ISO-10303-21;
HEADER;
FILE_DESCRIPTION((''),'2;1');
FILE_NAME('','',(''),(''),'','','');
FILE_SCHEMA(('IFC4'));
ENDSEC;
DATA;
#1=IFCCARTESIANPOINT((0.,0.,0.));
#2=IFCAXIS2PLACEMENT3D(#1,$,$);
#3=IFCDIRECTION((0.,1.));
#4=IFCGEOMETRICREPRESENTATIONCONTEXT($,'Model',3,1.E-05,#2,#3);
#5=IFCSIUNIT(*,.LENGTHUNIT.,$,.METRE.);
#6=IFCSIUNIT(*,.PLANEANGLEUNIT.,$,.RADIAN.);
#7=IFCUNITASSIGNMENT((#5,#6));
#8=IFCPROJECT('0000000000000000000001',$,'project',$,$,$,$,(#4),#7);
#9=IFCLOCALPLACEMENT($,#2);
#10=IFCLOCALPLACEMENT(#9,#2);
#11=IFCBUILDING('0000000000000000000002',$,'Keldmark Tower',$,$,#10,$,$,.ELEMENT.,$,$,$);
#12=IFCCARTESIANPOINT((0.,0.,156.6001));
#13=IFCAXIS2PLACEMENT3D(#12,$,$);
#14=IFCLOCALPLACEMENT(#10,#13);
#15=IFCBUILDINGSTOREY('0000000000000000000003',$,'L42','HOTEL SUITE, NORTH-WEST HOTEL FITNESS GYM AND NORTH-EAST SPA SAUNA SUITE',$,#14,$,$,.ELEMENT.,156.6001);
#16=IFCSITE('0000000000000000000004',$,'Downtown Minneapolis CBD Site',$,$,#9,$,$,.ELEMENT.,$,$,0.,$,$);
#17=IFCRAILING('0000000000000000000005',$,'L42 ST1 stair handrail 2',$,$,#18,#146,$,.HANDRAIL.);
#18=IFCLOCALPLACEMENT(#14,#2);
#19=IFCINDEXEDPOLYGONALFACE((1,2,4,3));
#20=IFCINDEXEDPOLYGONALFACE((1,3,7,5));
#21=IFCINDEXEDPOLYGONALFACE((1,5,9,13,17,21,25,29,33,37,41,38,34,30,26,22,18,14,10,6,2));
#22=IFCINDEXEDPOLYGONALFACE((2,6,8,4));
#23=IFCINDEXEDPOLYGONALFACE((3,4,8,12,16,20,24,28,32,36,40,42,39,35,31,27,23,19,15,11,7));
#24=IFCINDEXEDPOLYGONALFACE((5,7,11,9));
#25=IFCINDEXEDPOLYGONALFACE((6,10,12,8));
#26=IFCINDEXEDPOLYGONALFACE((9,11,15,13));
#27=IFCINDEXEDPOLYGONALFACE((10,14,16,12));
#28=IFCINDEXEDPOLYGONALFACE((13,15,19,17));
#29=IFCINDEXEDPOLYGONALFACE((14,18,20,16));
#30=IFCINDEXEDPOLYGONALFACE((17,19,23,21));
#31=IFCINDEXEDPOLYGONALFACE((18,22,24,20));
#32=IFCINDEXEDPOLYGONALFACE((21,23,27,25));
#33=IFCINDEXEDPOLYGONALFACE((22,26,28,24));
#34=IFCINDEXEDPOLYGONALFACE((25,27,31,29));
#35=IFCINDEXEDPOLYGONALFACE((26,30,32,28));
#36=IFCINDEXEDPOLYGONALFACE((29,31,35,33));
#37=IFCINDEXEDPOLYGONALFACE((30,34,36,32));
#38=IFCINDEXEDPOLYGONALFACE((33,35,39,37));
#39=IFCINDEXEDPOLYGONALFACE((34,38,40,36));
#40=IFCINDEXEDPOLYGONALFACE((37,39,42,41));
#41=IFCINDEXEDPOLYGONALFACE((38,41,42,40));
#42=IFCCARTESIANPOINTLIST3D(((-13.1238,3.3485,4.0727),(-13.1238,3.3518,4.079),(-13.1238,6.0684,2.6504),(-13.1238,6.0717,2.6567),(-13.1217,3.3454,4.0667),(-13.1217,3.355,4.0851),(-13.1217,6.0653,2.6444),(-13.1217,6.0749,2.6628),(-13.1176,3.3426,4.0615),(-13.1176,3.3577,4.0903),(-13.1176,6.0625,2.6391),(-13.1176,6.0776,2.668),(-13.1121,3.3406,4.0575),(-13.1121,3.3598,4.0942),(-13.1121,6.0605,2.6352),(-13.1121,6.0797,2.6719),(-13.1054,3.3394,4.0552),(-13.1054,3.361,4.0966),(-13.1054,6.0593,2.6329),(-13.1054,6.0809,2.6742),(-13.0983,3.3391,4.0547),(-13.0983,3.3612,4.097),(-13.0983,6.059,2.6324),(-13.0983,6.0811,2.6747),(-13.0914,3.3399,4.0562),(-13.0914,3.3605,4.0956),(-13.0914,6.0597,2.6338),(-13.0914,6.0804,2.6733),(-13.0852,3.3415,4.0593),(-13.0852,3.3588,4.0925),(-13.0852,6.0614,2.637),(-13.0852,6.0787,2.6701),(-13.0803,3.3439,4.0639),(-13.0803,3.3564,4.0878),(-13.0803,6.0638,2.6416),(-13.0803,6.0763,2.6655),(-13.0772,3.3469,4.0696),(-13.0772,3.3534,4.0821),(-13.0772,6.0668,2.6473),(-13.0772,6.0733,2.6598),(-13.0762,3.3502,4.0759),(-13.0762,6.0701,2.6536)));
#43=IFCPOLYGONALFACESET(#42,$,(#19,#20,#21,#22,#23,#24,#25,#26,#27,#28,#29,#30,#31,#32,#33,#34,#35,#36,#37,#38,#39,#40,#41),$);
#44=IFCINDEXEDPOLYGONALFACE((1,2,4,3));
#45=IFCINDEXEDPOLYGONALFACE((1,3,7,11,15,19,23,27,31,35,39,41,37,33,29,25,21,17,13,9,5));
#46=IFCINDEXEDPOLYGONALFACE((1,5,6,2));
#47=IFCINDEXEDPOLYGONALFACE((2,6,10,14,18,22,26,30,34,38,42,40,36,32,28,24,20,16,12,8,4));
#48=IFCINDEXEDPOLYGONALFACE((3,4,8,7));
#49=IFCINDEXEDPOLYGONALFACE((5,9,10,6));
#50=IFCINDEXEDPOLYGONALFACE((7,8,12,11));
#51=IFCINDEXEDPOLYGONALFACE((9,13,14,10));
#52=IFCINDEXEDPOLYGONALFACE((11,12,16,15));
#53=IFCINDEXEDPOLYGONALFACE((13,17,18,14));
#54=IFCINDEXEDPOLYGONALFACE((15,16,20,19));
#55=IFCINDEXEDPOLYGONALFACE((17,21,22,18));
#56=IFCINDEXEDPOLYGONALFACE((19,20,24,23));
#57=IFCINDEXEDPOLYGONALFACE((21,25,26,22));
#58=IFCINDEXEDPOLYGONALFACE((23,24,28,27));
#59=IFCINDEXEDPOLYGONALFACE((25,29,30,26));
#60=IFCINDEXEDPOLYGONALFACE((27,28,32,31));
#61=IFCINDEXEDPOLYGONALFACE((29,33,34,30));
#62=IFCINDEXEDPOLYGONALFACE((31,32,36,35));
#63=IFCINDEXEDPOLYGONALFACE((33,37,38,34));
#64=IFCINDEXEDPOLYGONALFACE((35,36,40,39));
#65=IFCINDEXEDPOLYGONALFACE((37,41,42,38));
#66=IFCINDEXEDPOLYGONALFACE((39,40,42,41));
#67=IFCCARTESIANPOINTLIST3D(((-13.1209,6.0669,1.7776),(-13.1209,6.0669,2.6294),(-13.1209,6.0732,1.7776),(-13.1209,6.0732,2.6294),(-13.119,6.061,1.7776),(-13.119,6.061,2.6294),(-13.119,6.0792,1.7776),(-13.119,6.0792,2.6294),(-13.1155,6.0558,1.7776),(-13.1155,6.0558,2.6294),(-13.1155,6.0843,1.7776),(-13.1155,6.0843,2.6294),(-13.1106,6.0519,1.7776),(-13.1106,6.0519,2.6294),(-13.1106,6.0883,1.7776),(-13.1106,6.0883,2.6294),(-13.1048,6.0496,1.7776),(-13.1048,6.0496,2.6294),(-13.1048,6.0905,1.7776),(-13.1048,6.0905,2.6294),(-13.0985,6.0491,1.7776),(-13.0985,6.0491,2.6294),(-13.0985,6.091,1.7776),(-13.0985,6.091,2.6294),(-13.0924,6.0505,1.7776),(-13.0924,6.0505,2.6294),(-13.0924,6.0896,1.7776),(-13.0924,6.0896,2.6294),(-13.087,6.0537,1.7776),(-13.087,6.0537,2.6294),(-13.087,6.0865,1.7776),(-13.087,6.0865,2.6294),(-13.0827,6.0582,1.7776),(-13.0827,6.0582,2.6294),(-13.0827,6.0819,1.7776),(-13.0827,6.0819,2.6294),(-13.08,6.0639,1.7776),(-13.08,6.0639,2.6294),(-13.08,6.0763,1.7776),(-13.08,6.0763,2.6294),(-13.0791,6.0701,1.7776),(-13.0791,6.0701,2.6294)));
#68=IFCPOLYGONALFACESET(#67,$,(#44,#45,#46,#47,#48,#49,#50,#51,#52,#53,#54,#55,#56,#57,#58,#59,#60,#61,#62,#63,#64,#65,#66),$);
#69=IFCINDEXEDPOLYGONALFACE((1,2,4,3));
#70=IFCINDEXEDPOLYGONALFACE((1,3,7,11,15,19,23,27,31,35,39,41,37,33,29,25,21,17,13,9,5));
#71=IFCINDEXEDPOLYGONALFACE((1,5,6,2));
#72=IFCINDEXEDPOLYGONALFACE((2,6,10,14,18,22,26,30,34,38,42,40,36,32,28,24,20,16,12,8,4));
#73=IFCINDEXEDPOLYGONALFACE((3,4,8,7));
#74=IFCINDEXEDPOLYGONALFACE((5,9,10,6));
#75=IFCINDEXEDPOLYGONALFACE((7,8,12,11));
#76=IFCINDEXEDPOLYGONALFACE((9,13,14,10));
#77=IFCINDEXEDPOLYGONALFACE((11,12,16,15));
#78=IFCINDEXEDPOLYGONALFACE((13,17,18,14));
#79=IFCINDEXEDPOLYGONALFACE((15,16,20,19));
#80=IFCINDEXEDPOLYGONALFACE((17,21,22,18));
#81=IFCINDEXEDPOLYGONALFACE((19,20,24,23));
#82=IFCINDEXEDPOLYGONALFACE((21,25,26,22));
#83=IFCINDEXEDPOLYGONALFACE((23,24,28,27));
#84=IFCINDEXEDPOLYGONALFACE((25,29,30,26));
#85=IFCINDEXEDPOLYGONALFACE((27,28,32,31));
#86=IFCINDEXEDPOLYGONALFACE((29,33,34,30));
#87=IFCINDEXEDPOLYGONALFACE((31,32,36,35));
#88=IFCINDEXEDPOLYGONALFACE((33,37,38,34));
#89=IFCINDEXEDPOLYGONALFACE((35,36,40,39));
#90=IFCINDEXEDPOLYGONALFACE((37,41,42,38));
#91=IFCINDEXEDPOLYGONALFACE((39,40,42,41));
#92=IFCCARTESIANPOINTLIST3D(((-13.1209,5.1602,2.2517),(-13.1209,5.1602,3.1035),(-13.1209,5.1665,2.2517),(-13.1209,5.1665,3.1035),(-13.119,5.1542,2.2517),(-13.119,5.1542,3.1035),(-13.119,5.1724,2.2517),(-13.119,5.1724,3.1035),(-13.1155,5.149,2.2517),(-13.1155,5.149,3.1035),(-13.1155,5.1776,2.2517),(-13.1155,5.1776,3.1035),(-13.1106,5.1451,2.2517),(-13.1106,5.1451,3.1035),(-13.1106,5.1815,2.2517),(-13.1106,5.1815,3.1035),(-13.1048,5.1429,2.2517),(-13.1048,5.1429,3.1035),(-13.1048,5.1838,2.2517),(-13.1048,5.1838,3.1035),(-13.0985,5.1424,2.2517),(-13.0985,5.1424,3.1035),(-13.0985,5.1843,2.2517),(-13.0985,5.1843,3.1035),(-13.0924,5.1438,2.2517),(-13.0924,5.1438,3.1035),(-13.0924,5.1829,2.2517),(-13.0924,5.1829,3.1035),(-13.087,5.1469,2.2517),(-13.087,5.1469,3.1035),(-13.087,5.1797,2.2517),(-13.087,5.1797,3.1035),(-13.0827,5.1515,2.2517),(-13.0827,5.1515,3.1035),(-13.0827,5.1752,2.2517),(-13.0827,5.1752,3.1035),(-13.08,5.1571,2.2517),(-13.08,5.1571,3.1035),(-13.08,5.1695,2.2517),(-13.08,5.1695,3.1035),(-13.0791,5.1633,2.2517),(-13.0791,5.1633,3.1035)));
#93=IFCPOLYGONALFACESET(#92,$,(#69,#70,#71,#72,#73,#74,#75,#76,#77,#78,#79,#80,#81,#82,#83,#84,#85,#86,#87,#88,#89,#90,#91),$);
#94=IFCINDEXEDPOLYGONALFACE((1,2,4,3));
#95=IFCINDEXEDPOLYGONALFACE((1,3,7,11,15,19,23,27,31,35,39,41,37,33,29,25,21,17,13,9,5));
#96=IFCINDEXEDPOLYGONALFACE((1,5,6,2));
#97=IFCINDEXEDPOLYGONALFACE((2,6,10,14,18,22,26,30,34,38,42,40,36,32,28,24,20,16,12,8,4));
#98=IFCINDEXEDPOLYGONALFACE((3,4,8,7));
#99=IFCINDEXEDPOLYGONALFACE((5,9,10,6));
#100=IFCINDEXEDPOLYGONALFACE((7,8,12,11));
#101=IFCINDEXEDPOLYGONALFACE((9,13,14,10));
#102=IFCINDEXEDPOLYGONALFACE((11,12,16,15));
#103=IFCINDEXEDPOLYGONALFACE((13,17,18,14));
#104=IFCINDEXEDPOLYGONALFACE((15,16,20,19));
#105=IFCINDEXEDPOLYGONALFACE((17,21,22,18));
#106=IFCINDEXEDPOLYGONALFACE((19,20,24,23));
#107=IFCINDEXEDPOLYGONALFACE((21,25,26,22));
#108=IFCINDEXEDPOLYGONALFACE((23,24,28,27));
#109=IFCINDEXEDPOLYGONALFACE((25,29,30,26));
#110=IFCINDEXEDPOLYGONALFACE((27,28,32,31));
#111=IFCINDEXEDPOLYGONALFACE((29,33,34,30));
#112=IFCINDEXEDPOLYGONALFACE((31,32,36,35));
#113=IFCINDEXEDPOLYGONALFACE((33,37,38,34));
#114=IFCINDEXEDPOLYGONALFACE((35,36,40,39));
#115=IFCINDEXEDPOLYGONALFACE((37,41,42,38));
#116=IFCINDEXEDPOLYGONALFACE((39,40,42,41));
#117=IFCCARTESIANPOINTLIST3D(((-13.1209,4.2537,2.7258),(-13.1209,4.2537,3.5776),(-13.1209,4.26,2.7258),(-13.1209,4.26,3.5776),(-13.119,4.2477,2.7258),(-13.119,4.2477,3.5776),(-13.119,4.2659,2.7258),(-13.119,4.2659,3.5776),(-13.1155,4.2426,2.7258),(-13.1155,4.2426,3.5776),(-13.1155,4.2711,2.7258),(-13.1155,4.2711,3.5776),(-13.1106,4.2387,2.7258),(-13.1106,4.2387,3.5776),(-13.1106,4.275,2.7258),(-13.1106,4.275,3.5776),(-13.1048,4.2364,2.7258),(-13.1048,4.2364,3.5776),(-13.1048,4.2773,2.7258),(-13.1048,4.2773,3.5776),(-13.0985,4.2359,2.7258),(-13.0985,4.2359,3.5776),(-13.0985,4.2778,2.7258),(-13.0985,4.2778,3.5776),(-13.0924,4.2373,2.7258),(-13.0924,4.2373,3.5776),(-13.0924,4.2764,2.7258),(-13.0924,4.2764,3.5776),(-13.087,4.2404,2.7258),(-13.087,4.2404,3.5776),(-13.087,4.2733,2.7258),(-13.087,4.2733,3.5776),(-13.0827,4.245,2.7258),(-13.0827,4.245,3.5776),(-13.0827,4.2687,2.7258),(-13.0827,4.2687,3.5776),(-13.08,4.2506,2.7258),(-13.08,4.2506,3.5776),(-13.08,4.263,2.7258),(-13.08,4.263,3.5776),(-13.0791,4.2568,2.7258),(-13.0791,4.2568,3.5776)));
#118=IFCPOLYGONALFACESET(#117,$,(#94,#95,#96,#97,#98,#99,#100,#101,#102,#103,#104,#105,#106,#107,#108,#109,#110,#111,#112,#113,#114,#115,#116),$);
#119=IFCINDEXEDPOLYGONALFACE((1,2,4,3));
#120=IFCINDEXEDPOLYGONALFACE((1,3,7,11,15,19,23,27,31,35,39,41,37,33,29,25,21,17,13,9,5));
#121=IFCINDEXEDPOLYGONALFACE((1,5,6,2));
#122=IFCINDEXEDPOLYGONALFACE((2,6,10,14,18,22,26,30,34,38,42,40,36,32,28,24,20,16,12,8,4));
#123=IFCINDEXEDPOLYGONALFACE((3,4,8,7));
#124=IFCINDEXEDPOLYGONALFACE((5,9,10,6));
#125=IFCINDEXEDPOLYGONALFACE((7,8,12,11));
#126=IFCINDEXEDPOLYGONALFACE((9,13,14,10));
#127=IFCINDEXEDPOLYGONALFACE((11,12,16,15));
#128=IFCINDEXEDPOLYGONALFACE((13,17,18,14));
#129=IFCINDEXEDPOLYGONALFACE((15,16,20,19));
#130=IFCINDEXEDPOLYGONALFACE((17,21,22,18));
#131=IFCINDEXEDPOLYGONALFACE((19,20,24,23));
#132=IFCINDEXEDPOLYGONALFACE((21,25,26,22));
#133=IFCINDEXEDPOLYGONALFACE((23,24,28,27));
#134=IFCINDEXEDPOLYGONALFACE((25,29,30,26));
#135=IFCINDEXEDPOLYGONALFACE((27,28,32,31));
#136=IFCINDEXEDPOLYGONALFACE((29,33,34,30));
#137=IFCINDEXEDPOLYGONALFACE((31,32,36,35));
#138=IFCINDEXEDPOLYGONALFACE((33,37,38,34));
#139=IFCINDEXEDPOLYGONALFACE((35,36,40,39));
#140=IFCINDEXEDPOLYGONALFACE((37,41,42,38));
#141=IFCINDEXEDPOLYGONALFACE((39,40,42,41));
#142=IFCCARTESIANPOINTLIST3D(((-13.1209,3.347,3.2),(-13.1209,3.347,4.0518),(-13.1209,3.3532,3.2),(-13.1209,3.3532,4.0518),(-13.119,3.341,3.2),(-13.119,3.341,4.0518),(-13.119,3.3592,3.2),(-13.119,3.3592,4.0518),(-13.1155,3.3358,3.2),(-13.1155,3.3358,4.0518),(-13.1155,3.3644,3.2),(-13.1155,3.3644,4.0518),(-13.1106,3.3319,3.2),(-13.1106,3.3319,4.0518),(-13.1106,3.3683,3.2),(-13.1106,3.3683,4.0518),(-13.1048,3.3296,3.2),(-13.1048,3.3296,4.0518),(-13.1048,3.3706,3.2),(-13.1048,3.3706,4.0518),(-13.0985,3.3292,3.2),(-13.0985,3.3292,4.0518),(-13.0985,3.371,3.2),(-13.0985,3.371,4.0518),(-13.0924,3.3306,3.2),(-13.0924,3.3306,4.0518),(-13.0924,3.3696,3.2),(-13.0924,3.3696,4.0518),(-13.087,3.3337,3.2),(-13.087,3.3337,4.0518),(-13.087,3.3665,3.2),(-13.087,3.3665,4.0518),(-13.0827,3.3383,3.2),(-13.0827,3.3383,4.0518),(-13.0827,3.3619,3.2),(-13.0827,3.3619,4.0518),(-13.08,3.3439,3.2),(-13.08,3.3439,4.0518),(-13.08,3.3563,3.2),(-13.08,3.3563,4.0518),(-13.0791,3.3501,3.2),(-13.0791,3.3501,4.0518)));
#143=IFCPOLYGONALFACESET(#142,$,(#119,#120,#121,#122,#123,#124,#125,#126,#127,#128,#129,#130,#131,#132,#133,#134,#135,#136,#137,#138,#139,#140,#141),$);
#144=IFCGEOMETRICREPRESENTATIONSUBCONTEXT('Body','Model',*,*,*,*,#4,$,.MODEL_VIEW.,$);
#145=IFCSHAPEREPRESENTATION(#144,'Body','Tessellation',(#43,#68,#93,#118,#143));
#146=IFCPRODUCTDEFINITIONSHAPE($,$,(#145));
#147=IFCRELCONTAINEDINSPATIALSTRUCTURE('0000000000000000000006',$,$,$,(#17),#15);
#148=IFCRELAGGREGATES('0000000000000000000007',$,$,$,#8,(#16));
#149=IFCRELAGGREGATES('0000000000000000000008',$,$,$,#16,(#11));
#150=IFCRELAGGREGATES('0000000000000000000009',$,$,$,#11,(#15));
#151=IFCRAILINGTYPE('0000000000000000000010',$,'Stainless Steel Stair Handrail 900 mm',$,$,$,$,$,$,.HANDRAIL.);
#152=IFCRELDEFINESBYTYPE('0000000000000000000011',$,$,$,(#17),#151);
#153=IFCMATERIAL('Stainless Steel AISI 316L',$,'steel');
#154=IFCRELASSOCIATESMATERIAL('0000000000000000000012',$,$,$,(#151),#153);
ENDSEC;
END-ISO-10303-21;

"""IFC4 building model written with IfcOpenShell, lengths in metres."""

from ifc_helpers import new_model, si_unit, direction, frame, origin, origin_2d, place, context, subcontext, project, spatial, circle, extrude, material, type_object, element, save


model = new_model("IFC4")

# Units and contexts
model_context = context("Model", 3, precision=1e-05, world=origin(), true_north=direction((0.0, 1.0)))
body_context = subcontext(model_context, "Body", "Model", "MODEL_VIEW")
ifc_project = project(units=[si_unit("LENGTHUNIT", "METRE"), si_unit("PLANEANGLEUNIT", "RADIAN")], contexts=[model_context])

# Site, building, storey
site_placement = place(None, origin())
site = spatial("IfcSite", under=ifc_project, at=site_placement, Name="Downtown Minneapolis CBD Site", CompositionType="ELEMENT", RefElevation=0.0)
building_placement = place(site_placement, origin())
building = spatial("IfcBuilding", under=site, at=building_placement, Name="Keldmark Tower", CompositionType="ELEMENT")
storey_placement = place(building_placement, frame((0.0, 0.0, 156.6001)))
storey = spatial("IfcBuildingStorey", under=building, at=storey_placement, Name="L42", Description="HOTEL SUITE, NORTH-WEST HOTEL FITNESS GYM AND NORTH-EAST SPA SAUNA SUITE", CompositionType="ELEMENT", Elevation=156.6001)

# Railing
ifc_material_1 = material(Name="Stainless Steel AISI 316L", Category="steel")
railing_type = type_object("IfcRailingType", Name="Stainless Steel Stair Handrail 900 mm", PredefinedType="HANDRAIL", material=ifc_material_1)
railing_placement = place(storey_placement, frame((-13.1001, 6.0701, 1.7776)))
element("IfcRailing", 1, at=railing_placement, inside=storey, type_object=railing_type, Name="L42 ST1 stair handrail 2", PredefinedType="HANDRAIL", context=body_context, shape_type="SweptSolid", body=[
    extrude(circle(Radius=0.0239, at=origin_2d()), frame((0.0, 0.0, 0.876), z_axis=(0.0, -0.88615, 0.463398), x_axis=(1.0, 0.0, 0.0)), (0.0, 0.0, 1.0), 3.0693),
    extrude(circle(Radius=0.021, at=origin_2d()), origin(), (0.0, 0.0, 1.0), 0.8518),
    extrude(circle(Radius=0.021, at=origin_2d()), frame((0.0, -0.9067, 0.4741)), (0.0, 0.0, 1.0), 0.8518),
    extrude(circle(Radius=0.021, at=origin_2d()), frame((0.0, -1.8132, 0.9482)), (0.0, 0.0, 1.0), 0.8518),
    extrude(circle(Radius=0.021, at=origin_2d()), frame((0.0, -2.72, 1.4224)), (0.0, 0.0, 1.0), 0.8518),
])

save(model, "model.ifc")
